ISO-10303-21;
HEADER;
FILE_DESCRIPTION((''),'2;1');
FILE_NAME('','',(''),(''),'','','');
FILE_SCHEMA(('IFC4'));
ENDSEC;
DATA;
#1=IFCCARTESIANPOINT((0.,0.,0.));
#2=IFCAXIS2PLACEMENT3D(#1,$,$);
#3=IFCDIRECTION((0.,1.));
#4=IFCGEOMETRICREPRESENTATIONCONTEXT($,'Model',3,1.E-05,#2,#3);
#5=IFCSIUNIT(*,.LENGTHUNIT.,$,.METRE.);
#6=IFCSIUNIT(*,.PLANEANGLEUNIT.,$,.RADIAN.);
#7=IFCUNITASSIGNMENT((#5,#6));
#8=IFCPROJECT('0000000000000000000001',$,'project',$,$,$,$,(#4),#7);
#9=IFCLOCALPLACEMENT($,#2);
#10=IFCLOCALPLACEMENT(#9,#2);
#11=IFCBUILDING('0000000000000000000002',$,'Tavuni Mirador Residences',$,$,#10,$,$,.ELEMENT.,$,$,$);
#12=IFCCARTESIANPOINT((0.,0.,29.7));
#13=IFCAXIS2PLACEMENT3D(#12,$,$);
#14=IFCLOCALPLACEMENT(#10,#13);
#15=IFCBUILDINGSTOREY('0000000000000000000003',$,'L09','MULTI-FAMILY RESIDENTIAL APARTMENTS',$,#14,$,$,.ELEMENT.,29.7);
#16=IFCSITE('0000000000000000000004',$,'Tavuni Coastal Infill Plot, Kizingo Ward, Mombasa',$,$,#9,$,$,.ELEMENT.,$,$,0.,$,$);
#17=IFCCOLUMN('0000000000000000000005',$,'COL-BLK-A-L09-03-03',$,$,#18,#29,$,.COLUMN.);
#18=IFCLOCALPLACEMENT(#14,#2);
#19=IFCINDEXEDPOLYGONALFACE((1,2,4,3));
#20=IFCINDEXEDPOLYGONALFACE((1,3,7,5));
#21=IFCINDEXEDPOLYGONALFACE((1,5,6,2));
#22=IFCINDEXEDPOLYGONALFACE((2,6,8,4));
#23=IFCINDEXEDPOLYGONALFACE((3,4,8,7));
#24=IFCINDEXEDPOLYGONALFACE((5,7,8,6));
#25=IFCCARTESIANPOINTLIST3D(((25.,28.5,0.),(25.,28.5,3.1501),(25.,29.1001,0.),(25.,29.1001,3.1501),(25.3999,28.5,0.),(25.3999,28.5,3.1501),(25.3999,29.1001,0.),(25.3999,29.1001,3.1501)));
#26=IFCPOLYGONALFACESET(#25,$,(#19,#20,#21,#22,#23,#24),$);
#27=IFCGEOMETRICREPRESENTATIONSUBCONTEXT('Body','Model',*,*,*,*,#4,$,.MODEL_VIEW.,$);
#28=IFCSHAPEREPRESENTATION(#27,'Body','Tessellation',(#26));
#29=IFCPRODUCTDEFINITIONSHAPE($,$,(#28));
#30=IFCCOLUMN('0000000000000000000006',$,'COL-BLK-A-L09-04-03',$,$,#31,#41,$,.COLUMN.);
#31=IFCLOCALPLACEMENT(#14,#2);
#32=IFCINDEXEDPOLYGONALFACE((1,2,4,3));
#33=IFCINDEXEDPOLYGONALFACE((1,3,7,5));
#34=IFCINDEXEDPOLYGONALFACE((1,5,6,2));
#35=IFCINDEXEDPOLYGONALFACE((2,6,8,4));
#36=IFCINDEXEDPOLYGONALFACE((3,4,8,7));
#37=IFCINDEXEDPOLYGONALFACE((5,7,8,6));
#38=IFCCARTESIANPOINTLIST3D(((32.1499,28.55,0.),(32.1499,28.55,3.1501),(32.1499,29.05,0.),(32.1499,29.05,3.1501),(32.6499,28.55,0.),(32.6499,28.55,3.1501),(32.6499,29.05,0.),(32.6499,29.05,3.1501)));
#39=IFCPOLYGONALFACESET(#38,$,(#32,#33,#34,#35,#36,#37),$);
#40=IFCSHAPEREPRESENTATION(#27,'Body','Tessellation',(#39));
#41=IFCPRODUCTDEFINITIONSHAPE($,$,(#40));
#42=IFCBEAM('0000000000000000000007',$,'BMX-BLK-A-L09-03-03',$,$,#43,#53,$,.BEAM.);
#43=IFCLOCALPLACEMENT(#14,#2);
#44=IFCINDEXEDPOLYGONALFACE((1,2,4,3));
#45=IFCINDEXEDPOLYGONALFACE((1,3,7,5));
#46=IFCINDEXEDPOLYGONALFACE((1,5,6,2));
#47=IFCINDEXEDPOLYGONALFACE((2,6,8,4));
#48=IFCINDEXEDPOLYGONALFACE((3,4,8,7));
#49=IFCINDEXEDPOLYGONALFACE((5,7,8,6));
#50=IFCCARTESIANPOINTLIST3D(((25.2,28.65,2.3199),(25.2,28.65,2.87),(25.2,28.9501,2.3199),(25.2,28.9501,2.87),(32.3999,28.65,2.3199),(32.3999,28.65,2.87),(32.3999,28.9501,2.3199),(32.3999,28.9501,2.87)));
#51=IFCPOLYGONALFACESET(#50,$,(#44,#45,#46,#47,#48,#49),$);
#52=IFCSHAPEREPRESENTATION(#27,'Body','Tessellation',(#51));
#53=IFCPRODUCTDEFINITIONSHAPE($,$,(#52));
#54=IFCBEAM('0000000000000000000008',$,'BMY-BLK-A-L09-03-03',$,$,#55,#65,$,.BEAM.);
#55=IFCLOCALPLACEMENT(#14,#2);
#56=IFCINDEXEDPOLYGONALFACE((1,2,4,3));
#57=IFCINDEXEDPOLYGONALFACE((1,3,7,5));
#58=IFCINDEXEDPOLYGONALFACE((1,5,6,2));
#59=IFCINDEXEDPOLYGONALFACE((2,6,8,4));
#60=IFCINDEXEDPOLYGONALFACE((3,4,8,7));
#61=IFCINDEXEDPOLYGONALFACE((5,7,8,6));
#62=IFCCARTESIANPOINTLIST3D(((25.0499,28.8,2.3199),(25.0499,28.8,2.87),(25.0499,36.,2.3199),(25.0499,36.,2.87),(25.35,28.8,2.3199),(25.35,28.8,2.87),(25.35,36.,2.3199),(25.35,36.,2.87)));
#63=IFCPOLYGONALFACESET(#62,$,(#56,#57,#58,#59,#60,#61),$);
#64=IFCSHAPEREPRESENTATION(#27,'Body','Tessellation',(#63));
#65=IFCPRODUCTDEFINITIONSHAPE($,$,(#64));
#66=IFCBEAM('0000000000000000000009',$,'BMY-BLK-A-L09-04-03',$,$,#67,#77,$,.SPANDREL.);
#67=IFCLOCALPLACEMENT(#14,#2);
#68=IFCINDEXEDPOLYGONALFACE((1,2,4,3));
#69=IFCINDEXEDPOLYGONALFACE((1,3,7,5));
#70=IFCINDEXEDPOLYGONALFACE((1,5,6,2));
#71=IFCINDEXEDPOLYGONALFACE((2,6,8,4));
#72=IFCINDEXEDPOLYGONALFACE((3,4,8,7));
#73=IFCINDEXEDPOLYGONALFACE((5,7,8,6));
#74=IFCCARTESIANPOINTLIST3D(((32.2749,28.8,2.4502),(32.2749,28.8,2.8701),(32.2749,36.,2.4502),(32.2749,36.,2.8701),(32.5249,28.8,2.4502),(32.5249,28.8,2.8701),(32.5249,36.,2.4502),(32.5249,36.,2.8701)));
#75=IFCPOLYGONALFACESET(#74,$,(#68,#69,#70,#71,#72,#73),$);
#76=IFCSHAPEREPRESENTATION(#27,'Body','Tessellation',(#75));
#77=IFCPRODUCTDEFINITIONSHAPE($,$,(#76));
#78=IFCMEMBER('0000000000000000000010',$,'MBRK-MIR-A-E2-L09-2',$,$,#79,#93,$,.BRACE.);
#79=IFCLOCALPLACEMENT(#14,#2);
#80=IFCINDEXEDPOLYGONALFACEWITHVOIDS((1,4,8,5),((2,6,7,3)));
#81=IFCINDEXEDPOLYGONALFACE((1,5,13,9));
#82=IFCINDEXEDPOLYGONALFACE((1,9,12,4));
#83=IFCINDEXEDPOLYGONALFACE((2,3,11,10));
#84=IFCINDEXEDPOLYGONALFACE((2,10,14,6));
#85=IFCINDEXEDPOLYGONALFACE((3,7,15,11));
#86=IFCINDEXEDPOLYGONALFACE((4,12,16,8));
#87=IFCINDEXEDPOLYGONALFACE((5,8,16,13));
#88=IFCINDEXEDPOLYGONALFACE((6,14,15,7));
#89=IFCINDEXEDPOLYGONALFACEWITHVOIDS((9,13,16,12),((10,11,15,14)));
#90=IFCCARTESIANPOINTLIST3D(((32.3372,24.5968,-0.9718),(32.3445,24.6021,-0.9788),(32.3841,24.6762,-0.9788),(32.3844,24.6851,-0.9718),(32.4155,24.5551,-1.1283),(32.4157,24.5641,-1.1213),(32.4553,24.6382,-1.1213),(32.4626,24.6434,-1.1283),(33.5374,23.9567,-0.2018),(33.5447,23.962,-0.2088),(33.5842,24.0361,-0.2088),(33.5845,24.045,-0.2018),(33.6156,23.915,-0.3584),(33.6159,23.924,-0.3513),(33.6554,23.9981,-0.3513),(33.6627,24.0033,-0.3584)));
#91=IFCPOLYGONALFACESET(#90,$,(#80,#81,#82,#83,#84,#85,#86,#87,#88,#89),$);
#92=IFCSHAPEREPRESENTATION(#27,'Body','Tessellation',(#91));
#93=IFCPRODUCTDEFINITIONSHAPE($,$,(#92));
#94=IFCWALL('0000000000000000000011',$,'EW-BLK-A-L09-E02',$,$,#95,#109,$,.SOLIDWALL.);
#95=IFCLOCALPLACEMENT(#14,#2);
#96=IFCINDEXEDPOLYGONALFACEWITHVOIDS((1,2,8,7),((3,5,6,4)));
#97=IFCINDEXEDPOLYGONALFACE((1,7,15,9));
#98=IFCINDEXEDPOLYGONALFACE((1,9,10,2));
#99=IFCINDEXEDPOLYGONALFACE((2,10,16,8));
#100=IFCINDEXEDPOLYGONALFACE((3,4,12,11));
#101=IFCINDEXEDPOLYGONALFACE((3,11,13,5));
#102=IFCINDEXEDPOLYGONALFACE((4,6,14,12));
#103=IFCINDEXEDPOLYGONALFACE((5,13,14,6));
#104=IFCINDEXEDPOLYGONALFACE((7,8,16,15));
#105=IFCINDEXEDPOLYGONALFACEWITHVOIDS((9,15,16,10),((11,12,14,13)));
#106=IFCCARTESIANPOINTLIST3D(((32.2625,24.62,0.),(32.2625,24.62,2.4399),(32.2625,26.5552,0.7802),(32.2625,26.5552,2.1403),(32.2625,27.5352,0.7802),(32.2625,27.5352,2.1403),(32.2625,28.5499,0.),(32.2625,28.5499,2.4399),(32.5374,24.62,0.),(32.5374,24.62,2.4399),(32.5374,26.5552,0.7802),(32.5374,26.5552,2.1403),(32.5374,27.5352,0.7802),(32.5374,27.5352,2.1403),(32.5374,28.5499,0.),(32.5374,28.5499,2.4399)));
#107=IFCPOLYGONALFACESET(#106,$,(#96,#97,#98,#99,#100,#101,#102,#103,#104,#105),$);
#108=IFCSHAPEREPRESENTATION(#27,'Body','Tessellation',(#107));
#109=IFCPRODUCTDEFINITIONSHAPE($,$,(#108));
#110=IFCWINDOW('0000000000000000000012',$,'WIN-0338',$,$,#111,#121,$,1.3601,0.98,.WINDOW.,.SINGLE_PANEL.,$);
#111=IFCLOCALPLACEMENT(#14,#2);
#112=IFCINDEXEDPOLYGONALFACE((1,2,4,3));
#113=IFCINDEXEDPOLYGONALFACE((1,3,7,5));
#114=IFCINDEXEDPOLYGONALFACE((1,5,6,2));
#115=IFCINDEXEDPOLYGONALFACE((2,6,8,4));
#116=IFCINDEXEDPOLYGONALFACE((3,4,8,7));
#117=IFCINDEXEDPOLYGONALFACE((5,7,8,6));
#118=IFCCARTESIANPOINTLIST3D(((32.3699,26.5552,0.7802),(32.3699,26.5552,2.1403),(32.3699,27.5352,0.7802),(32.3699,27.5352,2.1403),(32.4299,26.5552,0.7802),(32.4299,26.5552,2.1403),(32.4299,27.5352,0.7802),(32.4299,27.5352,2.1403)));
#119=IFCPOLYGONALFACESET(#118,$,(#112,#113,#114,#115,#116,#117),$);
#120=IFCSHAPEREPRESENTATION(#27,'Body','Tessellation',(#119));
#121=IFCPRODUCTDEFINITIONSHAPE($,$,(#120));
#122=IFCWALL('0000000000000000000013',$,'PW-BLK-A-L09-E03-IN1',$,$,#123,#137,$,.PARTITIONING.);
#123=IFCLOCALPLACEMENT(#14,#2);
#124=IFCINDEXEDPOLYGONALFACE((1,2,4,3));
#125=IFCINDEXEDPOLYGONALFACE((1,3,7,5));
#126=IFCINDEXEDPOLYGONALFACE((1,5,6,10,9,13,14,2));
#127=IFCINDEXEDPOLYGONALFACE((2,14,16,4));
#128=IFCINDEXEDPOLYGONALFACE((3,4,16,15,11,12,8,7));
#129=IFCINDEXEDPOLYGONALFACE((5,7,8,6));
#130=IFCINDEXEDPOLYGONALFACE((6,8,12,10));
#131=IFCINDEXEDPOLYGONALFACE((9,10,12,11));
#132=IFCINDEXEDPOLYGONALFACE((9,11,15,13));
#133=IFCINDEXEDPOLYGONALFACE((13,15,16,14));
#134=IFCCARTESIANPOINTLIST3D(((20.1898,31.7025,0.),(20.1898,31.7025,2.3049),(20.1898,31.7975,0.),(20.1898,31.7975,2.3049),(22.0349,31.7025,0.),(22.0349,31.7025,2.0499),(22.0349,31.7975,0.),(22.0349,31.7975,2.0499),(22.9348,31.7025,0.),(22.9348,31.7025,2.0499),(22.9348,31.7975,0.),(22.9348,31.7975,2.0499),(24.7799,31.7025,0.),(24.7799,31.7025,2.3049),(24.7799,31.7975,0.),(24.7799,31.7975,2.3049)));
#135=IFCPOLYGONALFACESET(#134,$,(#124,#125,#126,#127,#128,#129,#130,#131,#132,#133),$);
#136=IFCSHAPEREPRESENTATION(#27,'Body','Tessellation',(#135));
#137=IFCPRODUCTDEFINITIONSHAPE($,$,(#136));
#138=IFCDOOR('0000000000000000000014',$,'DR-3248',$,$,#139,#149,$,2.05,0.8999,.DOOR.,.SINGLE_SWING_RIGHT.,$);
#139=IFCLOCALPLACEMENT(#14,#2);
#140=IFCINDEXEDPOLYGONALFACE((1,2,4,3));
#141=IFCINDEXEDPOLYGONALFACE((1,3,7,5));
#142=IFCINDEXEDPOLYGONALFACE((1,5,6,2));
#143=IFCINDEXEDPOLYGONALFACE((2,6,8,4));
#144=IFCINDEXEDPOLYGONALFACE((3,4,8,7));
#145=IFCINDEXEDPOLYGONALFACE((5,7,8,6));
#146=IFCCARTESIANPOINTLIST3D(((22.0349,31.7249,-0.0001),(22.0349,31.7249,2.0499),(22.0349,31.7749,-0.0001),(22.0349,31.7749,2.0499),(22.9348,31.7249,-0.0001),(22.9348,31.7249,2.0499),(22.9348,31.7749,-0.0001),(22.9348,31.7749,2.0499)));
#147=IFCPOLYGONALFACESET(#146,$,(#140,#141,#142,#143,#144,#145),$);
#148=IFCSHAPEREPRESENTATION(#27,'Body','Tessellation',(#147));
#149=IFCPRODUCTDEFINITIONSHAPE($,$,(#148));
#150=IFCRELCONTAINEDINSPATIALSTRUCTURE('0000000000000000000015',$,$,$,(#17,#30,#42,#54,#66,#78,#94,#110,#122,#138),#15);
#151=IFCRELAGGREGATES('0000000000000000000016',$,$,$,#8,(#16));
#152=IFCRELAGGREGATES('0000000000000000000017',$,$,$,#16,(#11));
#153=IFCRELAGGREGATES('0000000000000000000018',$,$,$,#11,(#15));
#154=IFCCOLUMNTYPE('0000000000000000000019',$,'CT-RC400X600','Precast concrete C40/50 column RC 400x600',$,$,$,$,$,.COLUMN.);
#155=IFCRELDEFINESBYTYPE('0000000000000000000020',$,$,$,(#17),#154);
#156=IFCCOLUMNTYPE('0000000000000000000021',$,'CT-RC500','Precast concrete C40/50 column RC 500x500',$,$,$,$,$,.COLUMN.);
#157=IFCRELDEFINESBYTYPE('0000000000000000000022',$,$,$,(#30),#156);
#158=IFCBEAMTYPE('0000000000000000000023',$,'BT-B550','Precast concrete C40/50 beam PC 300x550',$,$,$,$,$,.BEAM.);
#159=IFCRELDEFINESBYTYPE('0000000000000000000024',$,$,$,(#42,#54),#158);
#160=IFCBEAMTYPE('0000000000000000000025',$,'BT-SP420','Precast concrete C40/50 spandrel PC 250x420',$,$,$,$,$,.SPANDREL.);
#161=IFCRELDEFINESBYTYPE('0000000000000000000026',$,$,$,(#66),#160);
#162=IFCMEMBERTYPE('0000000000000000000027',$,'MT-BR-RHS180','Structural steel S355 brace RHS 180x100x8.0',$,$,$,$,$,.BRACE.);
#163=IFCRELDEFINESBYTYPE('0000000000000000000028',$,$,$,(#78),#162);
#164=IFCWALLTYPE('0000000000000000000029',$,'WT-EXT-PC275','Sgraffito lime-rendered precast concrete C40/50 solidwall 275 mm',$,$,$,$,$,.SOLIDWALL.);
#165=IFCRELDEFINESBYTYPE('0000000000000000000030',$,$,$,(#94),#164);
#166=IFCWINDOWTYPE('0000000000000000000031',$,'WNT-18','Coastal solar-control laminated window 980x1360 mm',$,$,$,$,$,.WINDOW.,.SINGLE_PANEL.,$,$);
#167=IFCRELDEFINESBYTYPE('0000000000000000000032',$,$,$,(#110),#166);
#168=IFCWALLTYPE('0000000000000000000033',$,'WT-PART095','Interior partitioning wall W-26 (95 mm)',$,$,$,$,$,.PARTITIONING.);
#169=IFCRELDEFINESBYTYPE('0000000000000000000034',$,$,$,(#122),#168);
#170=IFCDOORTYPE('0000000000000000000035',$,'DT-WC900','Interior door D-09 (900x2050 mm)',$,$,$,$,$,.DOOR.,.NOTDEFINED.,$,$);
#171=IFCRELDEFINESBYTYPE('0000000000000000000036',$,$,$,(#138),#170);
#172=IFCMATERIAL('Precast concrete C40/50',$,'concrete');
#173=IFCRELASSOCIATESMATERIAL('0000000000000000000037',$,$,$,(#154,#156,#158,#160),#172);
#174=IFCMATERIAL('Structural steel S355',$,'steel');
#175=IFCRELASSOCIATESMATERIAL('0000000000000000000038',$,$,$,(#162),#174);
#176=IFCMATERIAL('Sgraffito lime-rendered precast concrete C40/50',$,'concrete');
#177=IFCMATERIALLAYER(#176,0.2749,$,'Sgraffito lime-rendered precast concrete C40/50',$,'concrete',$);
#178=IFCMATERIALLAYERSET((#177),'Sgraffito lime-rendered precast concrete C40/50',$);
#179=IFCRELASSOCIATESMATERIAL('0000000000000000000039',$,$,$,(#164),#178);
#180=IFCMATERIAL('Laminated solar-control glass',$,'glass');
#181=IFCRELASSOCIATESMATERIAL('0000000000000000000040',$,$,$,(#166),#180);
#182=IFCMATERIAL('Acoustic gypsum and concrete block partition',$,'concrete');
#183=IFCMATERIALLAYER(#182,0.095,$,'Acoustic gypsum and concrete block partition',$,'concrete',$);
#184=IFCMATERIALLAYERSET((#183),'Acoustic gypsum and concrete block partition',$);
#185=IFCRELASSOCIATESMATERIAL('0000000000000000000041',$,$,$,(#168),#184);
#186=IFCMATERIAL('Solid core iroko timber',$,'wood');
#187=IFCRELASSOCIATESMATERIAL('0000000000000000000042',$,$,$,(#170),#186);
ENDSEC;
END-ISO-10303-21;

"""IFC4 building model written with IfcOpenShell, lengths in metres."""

from ifc_helpers import new_model, si_unit, direction, frame, frame_2d, origin, origin_2d, place, context, subcontext, project, spatial, rectangle, hollow_rectangle, extrude, material, layer, layer_set, material_profile, profile_set, type_object, element, fill, save


model = new_model("IFC4")

# Units and contexts
model_context = context("Model", 3, precision=1e-05, world=origin(), true_north=direction((0.0, 1.0)))
body_context = subcontext(model_context, "Body", "Model", "MODEL_VIEW")
ifc_project = project(units=[si_unit("LENGTHUNIT", "METRE"), si_unit("PLANEANGLEUNIT", "RADIAN")], contexts=[model_context])

# Site, building, storey
site_placement = place(None, origin())
site = spatial("IfcSite", under=ifc_project, at=site_placement, Name="Tavuni Coastal Infill Plot, Kizingo Ward, Mombasa", CompositionType="ELEMENT", RefElevation=0.0)
building_placement = place(site_placement, origin())
building = spatial("IfcBuilding", under=site, at=building_placement, Name="Tavuni Mirador Residences", CompositionType="ELEMENT")
storey_placement = place(building_placement, frame((0.0, 0.0, 29.7)))
storey = spatial("IfcBuildingStorey", under=building, at=storey_placement, Name="L09", Description="MULTI-FAMILY RESIDENTIAL APARTMENTS", CompositionType="ELEMENT", Elevation=29.7)

# Columns
ifc_material_1 = material(Name="Precast concrete C40/50", Category="concrete")
ifc_material_profile_1 = material_profile(ifc_material_1, rectangle(XDim=0.3999, YDim=0.6001, at=origin_2d()), Name="RC 400x600", Category="concrete")
ifc_profile_set_1 = profile_set([ifc_material_profile_1], Name="Precast concrete C40/50")
column_type_1 = type_object("IfcColumnType", Name="CT-RC400X600", Description="Precast concrete C40/50 column RC 400x600", PredefinedType="COLUMN", material=ifc_profile_set_1)
column_1_placement = place(storey_placement, frame((25.2, 28.8, 0.0), z_axis=(0.0, 0.0, 1.0), x_axis=(1.0, 0.0, 0.0)))
element("IfcColumn", 1, at=column_1_placement, inside=storey, type_object=column_type_1, Name="COL-BLK-A-L09-03-03", PredefinedType="COLUMN", context=body_context, shape_type="SweptSolid", body=[
    extrude(rectangle(XDim=0.3999, YDim=0.6001, at=origin_2d()), origin(), (0.0, 0.0, 1.0), 3.1501),
])
ifc_material_profile_2 = material_profile(ifc_material_1, rectangle(XDim=0.5, YDim=0.5, at=origin_2d()), Name="RC 500x500", Category="concrete")
ifc_profile_set_2 = profile_set([ifc_material_profile_2], Name="Precast concrete C40/50")
column_type_2 = type_object("IfcColumnType", Name="CT-RC500", Description="Precast concrete C40/50 column RC 500x500", PredefinedType="COLUMN", material=ifc_profile_set_2)
column_2_placement = place(storey_placement, frame((32.3999, 28.8, 0.0), z_axis=(0.0, 0.0, 1.0), x_axis=(1.0, 0.0, 0.0)))
element("IfcColumn", 2, at=column_2_placement, inside=storey, type_object=column_type_2, Name="COL-BLK-A-L09-04-03", PredefinedType="COLUMN", context=body_context, shape_type="SweptSolid", body=[
    extrude(rectangle(XDim=0.5, YDim=0.5, at=origin_2d()), origin(), (0.0, 0.0, 1.0), 3.1501),
])

# Beams
ifc_material_profile_3 = material_profile(ifc_material_1, rectangle(XDim=0.3, YDim=0.55, at=origin_2d()), Name="PC 300x550", Category="concrete")
ifc_profile_set_3 = profile_set([ifc_material_profile_3], Name="Precast concrete C40/50")
beam_type_1 = type_object("IfcBeamType", Name="BT-B550", Description="Precast concrete C40/50 beam PC 300x550", PredefinedType="BEAM", material=ifc_profile_set_3)
for number, where, z_axis, x_axis, name in (
    (3, (25.2, 28.8, 2.595), (1.0, 0.0, 0.0), (0.0, 1.0, 0.0), "BMX-BLK-A-L09-03-03"),
    (4, (25.2, 28.8, 2.595), (0.0, 1.0, 0.0), (-1.0, 0.0, 0.0), "BMY-BLK-A-L09-03-03"),
):
    element("IfcBeam", number, at=place(storey_placement, frame(where, z_axis=z_axis, x_axis=x_axis)), inside=storey, type_object=beam_type_1, Name=name, PredefinedType="BEAM", context=body_context, shape_type="SweptSolid", body=[
        extrude(rectangle(XDim=0.3, YDim=0.55, at=origin_2d()), origin(), (0.0, 0.0, 1.0), 7.2),
    ])
ifc_material_profile_4 = material_profile(ifc_material_1, rectangle(XDim=0.25, YDim=0.4199, at=origin_2d()), Name="PC 250x420", Category="concrete")
ifc_profile_set_4 = profile_set([ifc_material_profile_4], Name="Precast concrete C40/50")
beam_type_2 = type_object("IfcBeamType", Name="BT-SP420", Description="Precast concrete C40/50 spandrel PC 250x420", PredefinedType="SPANDREL", material=ifc_profile_set_4)
beam_placement = place(storey_placement, frame((32.3999, 28.8, 2.6602), z_axis=(0.0, 1.0, 0.0), x_axis=(-1.0, 0.0, 0.0)))
element("IfcBeam", 5, at=beam_placement, inside=storey, type_object=beam_type_2, Name="BMY-BLK-A-L09-04-03", PredefinedType="SPANDREL", context=body_context, shape_type="SweptSolid", body=[
    extrude(rectangle(XDim=0.25, YDim=0.4199, at=origin_2d()), origin(), (0.0, 0.0, 1.0), 7.2),
])

# Member
ifc_material_2 = material(Name="Structural steel S355", Category="steel")
ifc_material_profile_5 = material_profile(ifc_material_2, hollow_rectangle(XDim=0.1001, YDim=0.1799, WallThickness=0.0081, at=origin_2d()), Name="RHS 180x100x8.0", Category="steel")
ifc_profile_set_5 = profile_set([ifc_material_profile_5], Name="Structural steel S355")
member_type = type_object("IfcMemberType", Name="MT-BR-RHS180", Description="Structural steel S355 brace RHS 180x100x8.0", PredefinedType="BRACE", material=ifc_profile_set_5)
member_placement = place(storey_placement, frame((32.3999, 24.6201, -1.05), z_axis=(0.767847, -0.409539, 0.492634), x_axis=(0.470607, 0.882343, 0.0)))
element("IfcMember", 6, at=member_placement, inside=storey, type_object=member_type, Name="MBRK-MIR-A-E2-L09-2", PredefinedType="BRACE", context=body_context, shape_type="SweptSolid", body=[
    extrude(hollow_rectangle(XDim=0.1001, YDim=0.1799, WallThickness=0.0081, at=origin_2d()), origin(), (0.0, 0.0, 1.0), 1.563),
])

# Shared definitions
ifc_material_3 = material(Name="Solid core iroko timber", Category="wood")

# Wall, opening, window
ifc_material_4 = material(Name="Sgraffito lime-rendered precast concrete C40/50", Category="concrete")
ifc_layer_1 = layer(ifc_material_4, 0.2749, Name="Sgraffito lime-rendered precast concrete C40/50", Category="concrete")
ifc_layer_set_1 = layer_set([ifc_layer_1], Name="Sgraffito lime-rendered precast concrete C40/50")
wall_type_1 = type_object("IfcWallType", Name="WT-EXT-PC275", Description="Sgraffito lime-rendered precast concrete C40/50 solidwall 275 mm", PredefinedType="SOLIDWALL", material=ifc_layer_set_1)
wall_1_placement = place(storey_placement, frame((32.3999, 24.6201, 0.0), z_axis=(0.0, 0.0, 1.0), x_axis=(0.0, 1.0, 0.0)))
wall_1 = element("IfcWall", 7, at=wall_1_placement, inside=storey, type_object=wall_type_1, Name="EW-BLK-A-L09-E02", PredefinedType="SOLIDWALL", context=body_context, shape_type="SweptSolid", body=[
    extrude(rectangle(XDim=3.9299, YDim=0.2749, at=frame_2d((1.9648, 0.0))), origin(), (0.0, 0.0, 1.0), 2.4399),
])
opening_1_placement = place(wall_1_placement, frame((1.9351, 0.0, 0.78)))
opening_1 = element("IfcOpeningElement", 8, at=opening_1_placement, cuts=wall_1, PredefinedType="OPENING", context=body_context, shape_type="SweptSolid", body=[
    extrude(rectangle(XDim=0.98, YDim=1.3601, at=frame_2d((0.49, 0.6802))), frame((0.0, 0.1475, 0.0), z_axis=(0.0, -1.0, 0.0), x_axis=(1.0, 0.0, 0.0)), (0.0, 0.0, 1.0), 0.2949),
])
ifc_material_5 = material(Name="Laminated solar-control glass", Category="glass")
window_type = type_object("IfcWindowType", Name="WNT-18", Description="Coastal solar-control laminated window 980x1360 mm", PartitioningType="SINGLE_PANEL", PredefinedType="WINDOW", material=ifc_material_5)
window_placement = place(opening_1_placement, origin())
window = element("IfcWindow", 9, at=window_placement, inside=storey, type_object=window_type, Name="WIN-0338", OverallHeight=1.3601, OverallWidth=0.98, PartitioningType="SINGLE_PANEL", PredefinedType="WINDOW", context=body_context, shape_type="SweptSolid", body=[
    extrude(rectangle(XDim=0.98, YDim=1.3601, at=frame_2d((0.49, 0.6802))), frame((0.0, 0.03, 0.0), z_axis=(0.0, -1.0, 0.0), x_axis=(1.0, 0.0, 0.0)), (0.0, 0.0, 1.0), 0.0601),
])
fill(opening_1, window)

# Wall, opening, door
ifc_material_6 = material(Name="Acoustic gypsum and concrete block partition", Category="concrete")
ifc_layer_2 = layer(ifc_material_6, 0.095, Name="Acoustic gypsum and concrete block partition", Category="concrete")
ifc_layer_set_2 = layer_set([ifc_layer_2], Name="Acoustic gypsum and concrete block partition")
wall_type_2 = type_object("IfcWallType", Name="WT-PART095", Description="Interior partitioning wall W-26 (95 mm)", PredefinedType="PARTITIONING", material=ifc_layer_set_2)
wall_2_placement = place(storey_placement, frame((20.1899, 31.75, 0.0), z_axis=(0.0, 0.0, 1.0), x_axis=(1.0, 0.0, 0.0)))
wall_2 = element("IfcWall", 10, at=wall_2_placement, inside=storey, type_object=wall_type_2, Name="PW-BLK-A-L09-E03-IN1", PredefinedType="PARTITIONING", context=body_context, shape_type="SweptSolid", body=[
    extrude(rectangle(XDim=4.5901, YDim=0.095, at=frame_2d((2.2949, 0.0))), origin(), (0.0, 0.0, 1.0), 2.3049),
])
opening_2_placement = place(wall_2_placement, frame((1.845, 0.0, 0.0)))
opening_2 = element("IfcOpeningElement", 11, at=opening_2_placement, cuts=wall_2, PredefinedType="OPENING", context=body_context, shape_type="SweptSolid", body=[
    extrude(rectangle(XDim=0.8999, YDim=2.05, at=frame_2d((0.45, 1.0249))), frame((0.0, 0.0576, 0.0), z_axis=(0.0, -1.0, 0.0), x_axis=(1.0, 0.0, 0.0)), (0.0, 0.0, 1.0), 0.115),
])
door_type_1 = type_object("IfcDoorType", Name="DT-WC900", Description="Interior door D-09 (900x2050 mm)", OperationType="NOTDEFINED", PredefinedType="DOOR", material=ifc_material_3)
door_1_placement = place(opening_2_placement, origin())
door_1 = element("IfcDoor", 12, at=door_1_placement, inside=storey, type_object=door_type_1, Name="DR-3248", OperationType="SINGLE_SWING_RIGHT", OverallHeight=2.05, OverallWidth=0.8999, PredefinedType="DOOR", context=body_context, shape_type="SweptSolid", body=[
    extrude(rectangle(XDim=0.8999, YDim=2.05, at=frame_2d((0.45, 1.0249))), frame((0.0, 0.0249, 0.0), z_axis=(0.0, -1.0, 0.0), x_axis=(1.0, 0.0, 0.0)), (0.0, 0.0, 1.0), 0.05),
])
fill(opening_2, door_1)

save(model, "model.ifc")
